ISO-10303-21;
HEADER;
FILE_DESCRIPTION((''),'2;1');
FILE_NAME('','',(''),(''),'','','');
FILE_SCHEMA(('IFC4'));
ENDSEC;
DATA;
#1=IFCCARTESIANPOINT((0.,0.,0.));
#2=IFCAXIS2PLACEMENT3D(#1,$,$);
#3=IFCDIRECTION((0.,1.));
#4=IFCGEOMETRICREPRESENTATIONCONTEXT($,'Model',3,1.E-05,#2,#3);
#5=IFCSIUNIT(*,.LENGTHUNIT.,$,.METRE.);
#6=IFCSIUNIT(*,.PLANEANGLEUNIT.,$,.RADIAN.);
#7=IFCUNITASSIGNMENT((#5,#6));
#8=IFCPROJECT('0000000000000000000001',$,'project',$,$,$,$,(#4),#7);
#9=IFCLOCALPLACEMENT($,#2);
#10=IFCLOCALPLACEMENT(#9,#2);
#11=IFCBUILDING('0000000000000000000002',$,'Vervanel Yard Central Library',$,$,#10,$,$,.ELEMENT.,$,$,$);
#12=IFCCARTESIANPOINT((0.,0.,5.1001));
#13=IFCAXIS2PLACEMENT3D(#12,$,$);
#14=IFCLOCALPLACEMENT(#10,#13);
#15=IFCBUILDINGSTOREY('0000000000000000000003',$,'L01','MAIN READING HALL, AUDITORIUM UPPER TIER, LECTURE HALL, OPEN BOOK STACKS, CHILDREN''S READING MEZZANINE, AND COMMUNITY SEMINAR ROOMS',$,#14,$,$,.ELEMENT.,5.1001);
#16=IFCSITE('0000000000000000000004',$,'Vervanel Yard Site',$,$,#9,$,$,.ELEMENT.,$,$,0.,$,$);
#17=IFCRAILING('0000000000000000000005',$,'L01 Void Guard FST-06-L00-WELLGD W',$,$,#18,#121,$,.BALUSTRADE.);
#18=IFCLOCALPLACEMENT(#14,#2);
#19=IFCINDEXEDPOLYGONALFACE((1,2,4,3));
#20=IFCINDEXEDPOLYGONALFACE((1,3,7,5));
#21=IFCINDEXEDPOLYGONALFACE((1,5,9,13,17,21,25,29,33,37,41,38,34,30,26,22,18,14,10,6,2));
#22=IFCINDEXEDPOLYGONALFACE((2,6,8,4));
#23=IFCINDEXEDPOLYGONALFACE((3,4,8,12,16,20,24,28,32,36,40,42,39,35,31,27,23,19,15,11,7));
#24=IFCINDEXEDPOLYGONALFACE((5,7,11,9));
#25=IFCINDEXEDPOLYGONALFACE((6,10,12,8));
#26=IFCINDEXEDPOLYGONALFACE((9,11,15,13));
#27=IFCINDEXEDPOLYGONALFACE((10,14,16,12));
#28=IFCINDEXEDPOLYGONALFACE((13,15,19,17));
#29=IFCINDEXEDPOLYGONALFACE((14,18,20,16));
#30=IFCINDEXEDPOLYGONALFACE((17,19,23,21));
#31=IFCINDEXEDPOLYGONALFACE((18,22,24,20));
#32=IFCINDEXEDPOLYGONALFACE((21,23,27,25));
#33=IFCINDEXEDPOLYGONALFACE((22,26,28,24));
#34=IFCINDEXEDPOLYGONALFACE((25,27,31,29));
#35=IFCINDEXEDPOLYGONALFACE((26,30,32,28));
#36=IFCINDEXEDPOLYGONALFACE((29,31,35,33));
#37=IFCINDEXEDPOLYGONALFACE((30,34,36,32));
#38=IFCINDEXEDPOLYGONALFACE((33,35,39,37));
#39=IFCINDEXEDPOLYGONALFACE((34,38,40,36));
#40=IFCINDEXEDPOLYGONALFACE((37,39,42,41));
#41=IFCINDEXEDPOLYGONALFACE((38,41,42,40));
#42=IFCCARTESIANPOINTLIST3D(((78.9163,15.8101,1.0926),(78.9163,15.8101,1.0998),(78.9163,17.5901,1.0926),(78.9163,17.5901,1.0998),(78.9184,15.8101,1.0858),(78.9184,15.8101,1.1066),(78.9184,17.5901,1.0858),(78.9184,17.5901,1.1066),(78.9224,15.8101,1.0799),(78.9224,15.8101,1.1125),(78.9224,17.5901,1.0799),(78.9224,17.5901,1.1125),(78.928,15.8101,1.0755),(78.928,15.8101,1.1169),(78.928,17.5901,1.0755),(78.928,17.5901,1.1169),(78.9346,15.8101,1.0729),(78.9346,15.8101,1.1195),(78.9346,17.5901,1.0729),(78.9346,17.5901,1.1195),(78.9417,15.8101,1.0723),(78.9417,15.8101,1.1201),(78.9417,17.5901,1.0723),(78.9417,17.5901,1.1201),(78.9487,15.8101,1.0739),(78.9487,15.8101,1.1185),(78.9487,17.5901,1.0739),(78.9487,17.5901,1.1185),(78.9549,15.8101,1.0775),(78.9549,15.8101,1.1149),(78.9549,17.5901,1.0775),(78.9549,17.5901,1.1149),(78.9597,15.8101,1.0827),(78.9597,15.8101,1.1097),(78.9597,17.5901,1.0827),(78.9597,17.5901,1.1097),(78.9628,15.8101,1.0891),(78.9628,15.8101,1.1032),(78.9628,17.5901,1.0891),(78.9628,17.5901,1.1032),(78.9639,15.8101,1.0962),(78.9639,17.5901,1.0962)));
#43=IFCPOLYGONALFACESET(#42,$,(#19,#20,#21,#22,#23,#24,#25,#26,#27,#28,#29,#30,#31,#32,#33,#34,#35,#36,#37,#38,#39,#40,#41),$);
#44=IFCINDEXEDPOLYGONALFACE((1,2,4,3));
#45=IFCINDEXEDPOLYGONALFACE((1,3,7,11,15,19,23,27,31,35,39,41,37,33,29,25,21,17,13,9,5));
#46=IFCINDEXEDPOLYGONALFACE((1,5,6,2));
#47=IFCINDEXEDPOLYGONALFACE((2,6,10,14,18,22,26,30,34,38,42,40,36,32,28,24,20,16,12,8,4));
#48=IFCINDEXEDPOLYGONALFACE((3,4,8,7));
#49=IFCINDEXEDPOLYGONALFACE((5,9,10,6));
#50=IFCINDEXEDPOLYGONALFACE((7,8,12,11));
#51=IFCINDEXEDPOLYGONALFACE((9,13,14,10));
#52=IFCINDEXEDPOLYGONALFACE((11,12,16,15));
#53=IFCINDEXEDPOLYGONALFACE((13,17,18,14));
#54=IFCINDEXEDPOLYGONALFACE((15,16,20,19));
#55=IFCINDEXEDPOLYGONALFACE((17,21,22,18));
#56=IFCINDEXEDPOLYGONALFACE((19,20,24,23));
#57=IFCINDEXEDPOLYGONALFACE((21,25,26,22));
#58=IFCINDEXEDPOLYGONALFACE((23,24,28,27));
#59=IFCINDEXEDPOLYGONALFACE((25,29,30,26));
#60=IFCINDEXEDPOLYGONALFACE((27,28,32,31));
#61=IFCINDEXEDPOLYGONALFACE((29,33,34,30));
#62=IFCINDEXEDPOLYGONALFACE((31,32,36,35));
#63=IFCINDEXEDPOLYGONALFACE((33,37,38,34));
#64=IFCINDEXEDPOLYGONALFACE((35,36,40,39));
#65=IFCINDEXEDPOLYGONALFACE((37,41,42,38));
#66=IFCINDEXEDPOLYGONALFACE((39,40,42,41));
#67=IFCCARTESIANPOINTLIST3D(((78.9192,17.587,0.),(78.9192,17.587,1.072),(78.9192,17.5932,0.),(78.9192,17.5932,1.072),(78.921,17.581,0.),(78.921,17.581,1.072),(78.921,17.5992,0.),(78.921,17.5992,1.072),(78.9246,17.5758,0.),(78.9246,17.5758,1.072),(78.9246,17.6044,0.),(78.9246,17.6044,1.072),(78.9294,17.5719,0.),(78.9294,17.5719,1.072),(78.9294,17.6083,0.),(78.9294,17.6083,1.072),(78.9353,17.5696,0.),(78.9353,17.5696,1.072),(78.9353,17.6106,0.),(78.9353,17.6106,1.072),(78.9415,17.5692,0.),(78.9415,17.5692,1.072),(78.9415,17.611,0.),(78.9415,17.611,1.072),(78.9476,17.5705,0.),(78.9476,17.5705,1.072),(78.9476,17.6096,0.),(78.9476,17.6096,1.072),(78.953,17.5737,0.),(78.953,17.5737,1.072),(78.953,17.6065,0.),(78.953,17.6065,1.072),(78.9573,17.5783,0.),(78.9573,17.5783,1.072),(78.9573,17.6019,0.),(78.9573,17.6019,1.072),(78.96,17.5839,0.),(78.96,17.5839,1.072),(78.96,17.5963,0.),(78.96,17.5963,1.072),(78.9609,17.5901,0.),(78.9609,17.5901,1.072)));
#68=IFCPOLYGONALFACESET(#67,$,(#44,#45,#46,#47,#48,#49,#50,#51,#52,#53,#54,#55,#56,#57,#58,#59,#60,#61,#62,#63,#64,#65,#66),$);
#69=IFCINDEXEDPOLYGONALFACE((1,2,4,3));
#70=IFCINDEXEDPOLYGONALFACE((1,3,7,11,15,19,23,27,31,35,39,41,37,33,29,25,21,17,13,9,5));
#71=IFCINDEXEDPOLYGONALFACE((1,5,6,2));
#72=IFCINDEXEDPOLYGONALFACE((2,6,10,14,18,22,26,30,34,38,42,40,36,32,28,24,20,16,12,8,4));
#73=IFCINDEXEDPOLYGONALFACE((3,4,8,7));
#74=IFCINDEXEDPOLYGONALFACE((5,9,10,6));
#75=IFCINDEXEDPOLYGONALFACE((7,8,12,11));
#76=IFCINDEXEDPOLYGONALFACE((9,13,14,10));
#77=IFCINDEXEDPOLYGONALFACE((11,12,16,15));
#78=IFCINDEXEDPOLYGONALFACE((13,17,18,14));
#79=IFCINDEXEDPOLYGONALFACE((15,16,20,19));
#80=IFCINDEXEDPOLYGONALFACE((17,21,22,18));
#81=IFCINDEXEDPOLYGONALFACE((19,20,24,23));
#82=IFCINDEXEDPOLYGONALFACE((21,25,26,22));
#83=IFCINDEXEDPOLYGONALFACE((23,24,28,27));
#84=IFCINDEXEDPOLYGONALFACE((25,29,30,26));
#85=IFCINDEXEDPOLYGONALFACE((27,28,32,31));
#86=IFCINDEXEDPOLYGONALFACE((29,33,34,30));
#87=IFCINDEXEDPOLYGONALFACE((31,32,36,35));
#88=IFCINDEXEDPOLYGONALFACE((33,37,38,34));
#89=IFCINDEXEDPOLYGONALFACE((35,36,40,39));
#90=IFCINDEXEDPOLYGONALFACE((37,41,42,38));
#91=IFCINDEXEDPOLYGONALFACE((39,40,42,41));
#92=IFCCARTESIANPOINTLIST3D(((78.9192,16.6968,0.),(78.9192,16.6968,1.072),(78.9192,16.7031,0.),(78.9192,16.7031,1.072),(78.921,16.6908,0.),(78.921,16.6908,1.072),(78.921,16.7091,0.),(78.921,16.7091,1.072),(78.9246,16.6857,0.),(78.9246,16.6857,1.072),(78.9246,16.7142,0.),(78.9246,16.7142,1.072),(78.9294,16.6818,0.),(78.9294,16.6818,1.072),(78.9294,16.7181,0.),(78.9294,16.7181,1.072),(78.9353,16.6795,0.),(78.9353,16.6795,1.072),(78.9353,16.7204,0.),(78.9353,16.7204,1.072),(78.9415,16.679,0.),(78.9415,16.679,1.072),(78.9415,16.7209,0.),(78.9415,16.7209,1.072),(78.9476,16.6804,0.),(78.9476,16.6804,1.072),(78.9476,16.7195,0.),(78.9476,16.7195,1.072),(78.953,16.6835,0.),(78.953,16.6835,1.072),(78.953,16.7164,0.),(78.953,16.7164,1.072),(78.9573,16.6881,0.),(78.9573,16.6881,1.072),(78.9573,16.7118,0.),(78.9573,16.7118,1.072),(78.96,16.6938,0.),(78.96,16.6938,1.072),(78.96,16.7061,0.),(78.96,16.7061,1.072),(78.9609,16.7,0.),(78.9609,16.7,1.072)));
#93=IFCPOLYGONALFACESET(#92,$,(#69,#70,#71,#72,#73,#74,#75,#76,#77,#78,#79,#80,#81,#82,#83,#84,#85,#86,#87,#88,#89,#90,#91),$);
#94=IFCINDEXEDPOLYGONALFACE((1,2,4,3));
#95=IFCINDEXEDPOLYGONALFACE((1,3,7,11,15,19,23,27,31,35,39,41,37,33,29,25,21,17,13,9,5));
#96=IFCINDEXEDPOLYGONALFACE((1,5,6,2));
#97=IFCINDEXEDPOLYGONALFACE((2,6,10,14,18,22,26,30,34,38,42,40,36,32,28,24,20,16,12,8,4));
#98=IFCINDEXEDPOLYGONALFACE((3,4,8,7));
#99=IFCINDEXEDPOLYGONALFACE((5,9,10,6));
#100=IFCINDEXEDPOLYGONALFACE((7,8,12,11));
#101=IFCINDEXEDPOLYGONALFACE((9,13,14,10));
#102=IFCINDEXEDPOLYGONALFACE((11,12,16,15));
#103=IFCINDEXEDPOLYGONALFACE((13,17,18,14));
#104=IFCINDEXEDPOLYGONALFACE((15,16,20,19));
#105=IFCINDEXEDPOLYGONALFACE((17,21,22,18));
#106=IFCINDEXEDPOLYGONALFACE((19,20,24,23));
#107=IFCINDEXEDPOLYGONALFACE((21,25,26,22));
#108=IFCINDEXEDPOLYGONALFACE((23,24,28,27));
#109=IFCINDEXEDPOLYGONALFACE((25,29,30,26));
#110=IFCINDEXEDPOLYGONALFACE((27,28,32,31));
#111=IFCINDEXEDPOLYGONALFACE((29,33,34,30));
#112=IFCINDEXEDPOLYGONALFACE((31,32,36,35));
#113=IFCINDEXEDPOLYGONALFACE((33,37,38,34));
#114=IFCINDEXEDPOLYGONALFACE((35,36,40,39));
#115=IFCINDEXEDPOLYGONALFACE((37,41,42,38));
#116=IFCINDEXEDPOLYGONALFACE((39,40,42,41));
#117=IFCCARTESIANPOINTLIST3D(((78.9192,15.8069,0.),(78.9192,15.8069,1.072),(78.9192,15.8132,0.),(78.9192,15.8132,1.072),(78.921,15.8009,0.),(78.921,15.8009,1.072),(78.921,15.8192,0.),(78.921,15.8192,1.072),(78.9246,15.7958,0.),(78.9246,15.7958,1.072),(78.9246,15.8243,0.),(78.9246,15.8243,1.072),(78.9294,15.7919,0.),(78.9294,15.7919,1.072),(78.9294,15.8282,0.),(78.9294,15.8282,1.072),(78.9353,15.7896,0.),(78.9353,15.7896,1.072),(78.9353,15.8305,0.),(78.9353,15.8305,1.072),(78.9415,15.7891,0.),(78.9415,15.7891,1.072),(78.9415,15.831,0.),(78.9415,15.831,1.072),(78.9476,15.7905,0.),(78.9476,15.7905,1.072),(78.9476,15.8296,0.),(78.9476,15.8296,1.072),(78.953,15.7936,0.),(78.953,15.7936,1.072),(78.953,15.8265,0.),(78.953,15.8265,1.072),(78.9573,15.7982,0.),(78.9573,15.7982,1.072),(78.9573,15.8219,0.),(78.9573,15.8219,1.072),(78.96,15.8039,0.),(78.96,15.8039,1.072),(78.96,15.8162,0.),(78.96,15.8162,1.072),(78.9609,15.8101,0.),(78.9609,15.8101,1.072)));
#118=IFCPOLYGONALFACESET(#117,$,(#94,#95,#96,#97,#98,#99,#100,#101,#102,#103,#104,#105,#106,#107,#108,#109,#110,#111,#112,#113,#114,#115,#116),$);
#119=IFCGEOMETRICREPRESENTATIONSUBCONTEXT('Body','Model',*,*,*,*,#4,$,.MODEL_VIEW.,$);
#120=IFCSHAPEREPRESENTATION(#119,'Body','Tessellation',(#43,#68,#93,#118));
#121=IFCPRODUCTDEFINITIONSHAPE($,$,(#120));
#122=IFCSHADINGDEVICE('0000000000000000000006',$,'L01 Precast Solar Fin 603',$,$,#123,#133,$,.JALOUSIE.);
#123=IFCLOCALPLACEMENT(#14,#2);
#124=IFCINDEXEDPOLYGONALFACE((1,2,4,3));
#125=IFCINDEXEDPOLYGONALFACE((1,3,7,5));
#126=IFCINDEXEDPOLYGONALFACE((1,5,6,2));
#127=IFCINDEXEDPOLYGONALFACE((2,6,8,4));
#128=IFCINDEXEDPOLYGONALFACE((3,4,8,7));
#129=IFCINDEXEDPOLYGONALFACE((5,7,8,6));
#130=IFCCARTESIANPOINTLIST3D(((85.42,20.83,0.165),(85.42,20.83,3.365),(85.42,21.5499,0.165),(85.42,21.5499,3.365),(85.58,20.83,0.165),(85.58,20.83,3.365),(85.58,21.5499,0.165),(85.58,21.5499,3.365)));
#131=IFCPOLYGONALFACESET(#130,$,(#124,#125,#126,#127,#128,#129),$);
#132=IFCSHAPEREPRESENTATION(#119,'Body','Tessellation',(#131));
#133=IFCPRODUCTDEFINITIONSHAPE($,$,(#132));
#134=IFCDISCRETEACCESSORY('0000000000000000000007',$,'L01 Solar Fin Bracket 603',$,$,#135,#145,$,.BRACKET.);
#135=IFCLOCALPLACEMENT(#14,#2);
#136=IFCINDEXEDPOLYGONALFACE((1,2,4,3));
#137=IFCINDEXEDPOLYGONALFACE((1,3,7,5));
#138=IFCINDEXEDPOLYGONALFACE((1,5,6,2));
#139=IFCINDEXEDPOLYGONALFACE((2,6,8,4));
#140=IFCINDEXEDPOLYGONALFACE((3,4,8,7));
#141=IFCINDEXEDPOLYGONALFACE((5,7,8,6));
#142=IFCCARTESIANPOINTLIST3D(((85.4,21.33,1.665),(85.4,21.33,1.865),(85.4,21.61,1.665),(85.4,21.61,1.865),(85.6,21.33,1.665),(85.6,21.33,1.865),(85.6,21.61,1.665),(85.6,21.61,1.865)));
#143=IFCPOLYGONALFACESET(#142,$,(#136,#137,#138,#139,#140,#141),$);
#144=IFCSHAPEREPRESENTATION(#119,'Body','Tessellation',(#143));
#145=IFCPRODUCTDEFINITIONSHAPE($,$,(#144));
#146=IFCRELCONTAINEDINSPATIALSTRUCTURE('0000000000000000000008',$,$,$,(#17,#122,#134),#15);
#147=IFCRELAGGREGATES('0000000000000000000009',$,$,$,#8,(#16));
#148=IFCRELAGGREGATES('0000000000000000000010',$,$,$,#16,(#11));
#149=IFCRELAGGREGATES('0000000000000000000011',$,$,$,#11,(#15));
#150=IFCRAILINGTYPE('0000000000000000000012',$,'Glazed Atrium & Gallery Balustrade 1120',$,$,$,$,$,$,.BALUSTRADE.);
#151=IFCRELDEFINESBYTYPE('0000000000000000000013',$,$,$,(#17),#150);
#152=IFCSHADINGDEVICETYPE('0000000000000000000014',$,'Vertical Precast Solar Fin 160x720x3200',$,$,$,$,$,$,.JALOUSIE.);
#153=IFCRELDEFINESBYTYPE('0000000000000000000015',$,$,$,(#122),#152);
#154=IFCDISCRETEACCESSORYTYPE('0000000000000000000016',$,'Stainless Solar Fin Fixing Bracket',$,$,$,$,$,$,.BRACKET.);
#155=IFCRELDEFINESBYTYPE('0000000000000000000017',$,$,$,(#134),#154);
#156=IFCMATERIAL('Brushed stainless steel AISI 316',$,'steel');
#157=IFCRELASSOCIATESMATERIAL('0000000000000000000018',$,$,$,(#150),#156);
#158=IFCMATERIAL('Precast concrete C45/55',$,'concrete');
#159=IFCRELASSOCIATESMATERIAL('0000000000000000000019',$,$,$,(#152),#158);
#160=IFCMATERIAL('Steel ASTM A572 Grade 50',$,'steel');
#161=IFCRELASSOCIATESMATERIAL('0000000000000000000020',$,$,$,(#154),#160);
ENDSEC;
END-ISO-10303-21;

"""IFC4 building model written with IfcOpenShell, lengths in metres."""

from ifc_helpers import new_model, si_unit, direction, frame, origin, origin_2d, place, context, subcontext, project, spatial, rectangle, circle, extrude, material, type_object, element, save


model = new_model("IFC4")

# Units and contexts
model_context = context("Model", 3, precision=1e-05, world=origin(), true_north=direction((0.0, 1.0)))
body_context = subcontext(model_context, "Body", "Model", "MODEL_VIEW")
ifc_project = project(units=[si_unit("LENGTHUNIT", "METRE"), si_unit("PLANEANGLEUNIT", "RADIAN")], contexts=[model_context])

# Site, building, storey
site_placement = place(None, origin())
site = spatial("IfcSite", under=ifc_project, at=site_placement, Name="Vervanel Yard Site", CompositionType="ELEMENT", RefElevation=0.0)
building_placement = place(site_placement, origin())
building = spatial("IfcBuilding", under=site, at=building_placement, Name="Vervanel Yard Central Library", CompositionType="ELEMENT")
storey_placement = place(building_placement, frame((0.0, 0.0, 5.1001)))
storey = spatial("IfcBuildingStorey", under=building, at=storey_placement, Name="L01", Description="MAIN READING HALL, AUDITORIUM UPPER TIER, LECTURE HALL, OPEN BOOK STACKS, CHILDREN'S READING MEZZANINE, AND COMMUNITY SEMINAR ROOMS", CompositionType="ELEMENT", Elevation=5.1001)

# Railing
ifc_material_1 = material(Name="Brushed stainless steel AISI 316", Category="steel")
railing_type = type_object("IfcRailingType", Name="Glazed Atrium & Gallery Balustrade 1120", PredefinedType="BALUSTRADE", material=ifc_material_1)
railing_1_placement = place(storey_placement, frame((78.9399, 17.5901, 0.0)))
element("IfcRailing", 1, at=railing_1_placement, inside=storey, type_object=railing_type, Name="L01 Void Guard FST-06-L00-WELLGD W", PredefinedType="BALUSTRADE", context=body_context, shape_type="SweptSolid", body=[
    extrude(circle(Radius=0.0239, at=origin_2d()), frame((0.0, 0.0, 1.0962), z_axis=(0.0, -1.0, 0.0), x_axis=(1.0, 0.0, 0.0)), (0.0, 0.0, 1.0), 1.78),
    extrude(circle(Radius=0.021, at=origin_2d()), origin(), (0.0, 0.0, 1.0), 1.072),
    extrude(circle(Radius=0.021, at=origin_2d()), frame((0.0, -0.8901, 0.0)), (0.0, 0.0, 1.0), 1.072),
    extrude(circle(Radius=0.021, at=origin_2d()), frame((0.0, -1.78, 0.0)), (0.0, 0.0, 1.0), 1.072),
])

# Shading device
ifc_material_2 = material(Name="Precast concrete C45/55", Category="concrete")
shading_device_type = type_object("IfcShadingDeviceType", Name="Vertical Precast Solar Fin 160x720x3200", PredefinedType="JALOUSIE", material=ifc_material_2)
shading_device_placement = place(storey_placement, frame((85.5, 21.1899, 0.165), z_axis=(0.0, 0.0, 1.0), x_axis=(1.0, 0.0, 0.0)))
element("IfcShadingDevice", 2, at=shading_device_placement, inside=storey, type_object=shading_device_type, Name="L01 Precast Solar Fin 603", PredefinedType="JALOUSIE", context=body_context, shape_type="SweptSolid", body=[
    extrude(rectangle(XDim=0.1599, YDim=0.72, at=origin_2d()), origin(), (0.0, 0.0, 1.0), 3.2),
])

# Discrete accessory
ifc_material_3 = material(Name="Steel ASTM A572 Grade 50", Category="steel")
discrete_accessory_type = type_object("IfcDiscreteAccessoryType", Name="Stainless Solar Fin Fixing Bracket", PredefinedType="BRACKET", material=ifc_material_3)
discrete_accessory_placement = place(storey_placement, frame((85.5, 21.47, 1.665), z_axis=(0.0, 0.0, 1.0), x_axis=(1.0, 0.0, 0.0)))
element("IfcDiscreteAccessory", 3, at=discrete_accessory_placement, inside=storey, type_object=discrete_accessory_type, Name="L01 Solar Fin Bracket 603", PredefinedType="BRACKET", context=body_context, shape_type="SweptSolid", body=[
    extrude(rectangle(XDim=0.2, YDim=0.28, at=origin_2d()), origin(), (0.0, 0.0, 1.0), 0.2),
])

save(model, "model.ifc")
